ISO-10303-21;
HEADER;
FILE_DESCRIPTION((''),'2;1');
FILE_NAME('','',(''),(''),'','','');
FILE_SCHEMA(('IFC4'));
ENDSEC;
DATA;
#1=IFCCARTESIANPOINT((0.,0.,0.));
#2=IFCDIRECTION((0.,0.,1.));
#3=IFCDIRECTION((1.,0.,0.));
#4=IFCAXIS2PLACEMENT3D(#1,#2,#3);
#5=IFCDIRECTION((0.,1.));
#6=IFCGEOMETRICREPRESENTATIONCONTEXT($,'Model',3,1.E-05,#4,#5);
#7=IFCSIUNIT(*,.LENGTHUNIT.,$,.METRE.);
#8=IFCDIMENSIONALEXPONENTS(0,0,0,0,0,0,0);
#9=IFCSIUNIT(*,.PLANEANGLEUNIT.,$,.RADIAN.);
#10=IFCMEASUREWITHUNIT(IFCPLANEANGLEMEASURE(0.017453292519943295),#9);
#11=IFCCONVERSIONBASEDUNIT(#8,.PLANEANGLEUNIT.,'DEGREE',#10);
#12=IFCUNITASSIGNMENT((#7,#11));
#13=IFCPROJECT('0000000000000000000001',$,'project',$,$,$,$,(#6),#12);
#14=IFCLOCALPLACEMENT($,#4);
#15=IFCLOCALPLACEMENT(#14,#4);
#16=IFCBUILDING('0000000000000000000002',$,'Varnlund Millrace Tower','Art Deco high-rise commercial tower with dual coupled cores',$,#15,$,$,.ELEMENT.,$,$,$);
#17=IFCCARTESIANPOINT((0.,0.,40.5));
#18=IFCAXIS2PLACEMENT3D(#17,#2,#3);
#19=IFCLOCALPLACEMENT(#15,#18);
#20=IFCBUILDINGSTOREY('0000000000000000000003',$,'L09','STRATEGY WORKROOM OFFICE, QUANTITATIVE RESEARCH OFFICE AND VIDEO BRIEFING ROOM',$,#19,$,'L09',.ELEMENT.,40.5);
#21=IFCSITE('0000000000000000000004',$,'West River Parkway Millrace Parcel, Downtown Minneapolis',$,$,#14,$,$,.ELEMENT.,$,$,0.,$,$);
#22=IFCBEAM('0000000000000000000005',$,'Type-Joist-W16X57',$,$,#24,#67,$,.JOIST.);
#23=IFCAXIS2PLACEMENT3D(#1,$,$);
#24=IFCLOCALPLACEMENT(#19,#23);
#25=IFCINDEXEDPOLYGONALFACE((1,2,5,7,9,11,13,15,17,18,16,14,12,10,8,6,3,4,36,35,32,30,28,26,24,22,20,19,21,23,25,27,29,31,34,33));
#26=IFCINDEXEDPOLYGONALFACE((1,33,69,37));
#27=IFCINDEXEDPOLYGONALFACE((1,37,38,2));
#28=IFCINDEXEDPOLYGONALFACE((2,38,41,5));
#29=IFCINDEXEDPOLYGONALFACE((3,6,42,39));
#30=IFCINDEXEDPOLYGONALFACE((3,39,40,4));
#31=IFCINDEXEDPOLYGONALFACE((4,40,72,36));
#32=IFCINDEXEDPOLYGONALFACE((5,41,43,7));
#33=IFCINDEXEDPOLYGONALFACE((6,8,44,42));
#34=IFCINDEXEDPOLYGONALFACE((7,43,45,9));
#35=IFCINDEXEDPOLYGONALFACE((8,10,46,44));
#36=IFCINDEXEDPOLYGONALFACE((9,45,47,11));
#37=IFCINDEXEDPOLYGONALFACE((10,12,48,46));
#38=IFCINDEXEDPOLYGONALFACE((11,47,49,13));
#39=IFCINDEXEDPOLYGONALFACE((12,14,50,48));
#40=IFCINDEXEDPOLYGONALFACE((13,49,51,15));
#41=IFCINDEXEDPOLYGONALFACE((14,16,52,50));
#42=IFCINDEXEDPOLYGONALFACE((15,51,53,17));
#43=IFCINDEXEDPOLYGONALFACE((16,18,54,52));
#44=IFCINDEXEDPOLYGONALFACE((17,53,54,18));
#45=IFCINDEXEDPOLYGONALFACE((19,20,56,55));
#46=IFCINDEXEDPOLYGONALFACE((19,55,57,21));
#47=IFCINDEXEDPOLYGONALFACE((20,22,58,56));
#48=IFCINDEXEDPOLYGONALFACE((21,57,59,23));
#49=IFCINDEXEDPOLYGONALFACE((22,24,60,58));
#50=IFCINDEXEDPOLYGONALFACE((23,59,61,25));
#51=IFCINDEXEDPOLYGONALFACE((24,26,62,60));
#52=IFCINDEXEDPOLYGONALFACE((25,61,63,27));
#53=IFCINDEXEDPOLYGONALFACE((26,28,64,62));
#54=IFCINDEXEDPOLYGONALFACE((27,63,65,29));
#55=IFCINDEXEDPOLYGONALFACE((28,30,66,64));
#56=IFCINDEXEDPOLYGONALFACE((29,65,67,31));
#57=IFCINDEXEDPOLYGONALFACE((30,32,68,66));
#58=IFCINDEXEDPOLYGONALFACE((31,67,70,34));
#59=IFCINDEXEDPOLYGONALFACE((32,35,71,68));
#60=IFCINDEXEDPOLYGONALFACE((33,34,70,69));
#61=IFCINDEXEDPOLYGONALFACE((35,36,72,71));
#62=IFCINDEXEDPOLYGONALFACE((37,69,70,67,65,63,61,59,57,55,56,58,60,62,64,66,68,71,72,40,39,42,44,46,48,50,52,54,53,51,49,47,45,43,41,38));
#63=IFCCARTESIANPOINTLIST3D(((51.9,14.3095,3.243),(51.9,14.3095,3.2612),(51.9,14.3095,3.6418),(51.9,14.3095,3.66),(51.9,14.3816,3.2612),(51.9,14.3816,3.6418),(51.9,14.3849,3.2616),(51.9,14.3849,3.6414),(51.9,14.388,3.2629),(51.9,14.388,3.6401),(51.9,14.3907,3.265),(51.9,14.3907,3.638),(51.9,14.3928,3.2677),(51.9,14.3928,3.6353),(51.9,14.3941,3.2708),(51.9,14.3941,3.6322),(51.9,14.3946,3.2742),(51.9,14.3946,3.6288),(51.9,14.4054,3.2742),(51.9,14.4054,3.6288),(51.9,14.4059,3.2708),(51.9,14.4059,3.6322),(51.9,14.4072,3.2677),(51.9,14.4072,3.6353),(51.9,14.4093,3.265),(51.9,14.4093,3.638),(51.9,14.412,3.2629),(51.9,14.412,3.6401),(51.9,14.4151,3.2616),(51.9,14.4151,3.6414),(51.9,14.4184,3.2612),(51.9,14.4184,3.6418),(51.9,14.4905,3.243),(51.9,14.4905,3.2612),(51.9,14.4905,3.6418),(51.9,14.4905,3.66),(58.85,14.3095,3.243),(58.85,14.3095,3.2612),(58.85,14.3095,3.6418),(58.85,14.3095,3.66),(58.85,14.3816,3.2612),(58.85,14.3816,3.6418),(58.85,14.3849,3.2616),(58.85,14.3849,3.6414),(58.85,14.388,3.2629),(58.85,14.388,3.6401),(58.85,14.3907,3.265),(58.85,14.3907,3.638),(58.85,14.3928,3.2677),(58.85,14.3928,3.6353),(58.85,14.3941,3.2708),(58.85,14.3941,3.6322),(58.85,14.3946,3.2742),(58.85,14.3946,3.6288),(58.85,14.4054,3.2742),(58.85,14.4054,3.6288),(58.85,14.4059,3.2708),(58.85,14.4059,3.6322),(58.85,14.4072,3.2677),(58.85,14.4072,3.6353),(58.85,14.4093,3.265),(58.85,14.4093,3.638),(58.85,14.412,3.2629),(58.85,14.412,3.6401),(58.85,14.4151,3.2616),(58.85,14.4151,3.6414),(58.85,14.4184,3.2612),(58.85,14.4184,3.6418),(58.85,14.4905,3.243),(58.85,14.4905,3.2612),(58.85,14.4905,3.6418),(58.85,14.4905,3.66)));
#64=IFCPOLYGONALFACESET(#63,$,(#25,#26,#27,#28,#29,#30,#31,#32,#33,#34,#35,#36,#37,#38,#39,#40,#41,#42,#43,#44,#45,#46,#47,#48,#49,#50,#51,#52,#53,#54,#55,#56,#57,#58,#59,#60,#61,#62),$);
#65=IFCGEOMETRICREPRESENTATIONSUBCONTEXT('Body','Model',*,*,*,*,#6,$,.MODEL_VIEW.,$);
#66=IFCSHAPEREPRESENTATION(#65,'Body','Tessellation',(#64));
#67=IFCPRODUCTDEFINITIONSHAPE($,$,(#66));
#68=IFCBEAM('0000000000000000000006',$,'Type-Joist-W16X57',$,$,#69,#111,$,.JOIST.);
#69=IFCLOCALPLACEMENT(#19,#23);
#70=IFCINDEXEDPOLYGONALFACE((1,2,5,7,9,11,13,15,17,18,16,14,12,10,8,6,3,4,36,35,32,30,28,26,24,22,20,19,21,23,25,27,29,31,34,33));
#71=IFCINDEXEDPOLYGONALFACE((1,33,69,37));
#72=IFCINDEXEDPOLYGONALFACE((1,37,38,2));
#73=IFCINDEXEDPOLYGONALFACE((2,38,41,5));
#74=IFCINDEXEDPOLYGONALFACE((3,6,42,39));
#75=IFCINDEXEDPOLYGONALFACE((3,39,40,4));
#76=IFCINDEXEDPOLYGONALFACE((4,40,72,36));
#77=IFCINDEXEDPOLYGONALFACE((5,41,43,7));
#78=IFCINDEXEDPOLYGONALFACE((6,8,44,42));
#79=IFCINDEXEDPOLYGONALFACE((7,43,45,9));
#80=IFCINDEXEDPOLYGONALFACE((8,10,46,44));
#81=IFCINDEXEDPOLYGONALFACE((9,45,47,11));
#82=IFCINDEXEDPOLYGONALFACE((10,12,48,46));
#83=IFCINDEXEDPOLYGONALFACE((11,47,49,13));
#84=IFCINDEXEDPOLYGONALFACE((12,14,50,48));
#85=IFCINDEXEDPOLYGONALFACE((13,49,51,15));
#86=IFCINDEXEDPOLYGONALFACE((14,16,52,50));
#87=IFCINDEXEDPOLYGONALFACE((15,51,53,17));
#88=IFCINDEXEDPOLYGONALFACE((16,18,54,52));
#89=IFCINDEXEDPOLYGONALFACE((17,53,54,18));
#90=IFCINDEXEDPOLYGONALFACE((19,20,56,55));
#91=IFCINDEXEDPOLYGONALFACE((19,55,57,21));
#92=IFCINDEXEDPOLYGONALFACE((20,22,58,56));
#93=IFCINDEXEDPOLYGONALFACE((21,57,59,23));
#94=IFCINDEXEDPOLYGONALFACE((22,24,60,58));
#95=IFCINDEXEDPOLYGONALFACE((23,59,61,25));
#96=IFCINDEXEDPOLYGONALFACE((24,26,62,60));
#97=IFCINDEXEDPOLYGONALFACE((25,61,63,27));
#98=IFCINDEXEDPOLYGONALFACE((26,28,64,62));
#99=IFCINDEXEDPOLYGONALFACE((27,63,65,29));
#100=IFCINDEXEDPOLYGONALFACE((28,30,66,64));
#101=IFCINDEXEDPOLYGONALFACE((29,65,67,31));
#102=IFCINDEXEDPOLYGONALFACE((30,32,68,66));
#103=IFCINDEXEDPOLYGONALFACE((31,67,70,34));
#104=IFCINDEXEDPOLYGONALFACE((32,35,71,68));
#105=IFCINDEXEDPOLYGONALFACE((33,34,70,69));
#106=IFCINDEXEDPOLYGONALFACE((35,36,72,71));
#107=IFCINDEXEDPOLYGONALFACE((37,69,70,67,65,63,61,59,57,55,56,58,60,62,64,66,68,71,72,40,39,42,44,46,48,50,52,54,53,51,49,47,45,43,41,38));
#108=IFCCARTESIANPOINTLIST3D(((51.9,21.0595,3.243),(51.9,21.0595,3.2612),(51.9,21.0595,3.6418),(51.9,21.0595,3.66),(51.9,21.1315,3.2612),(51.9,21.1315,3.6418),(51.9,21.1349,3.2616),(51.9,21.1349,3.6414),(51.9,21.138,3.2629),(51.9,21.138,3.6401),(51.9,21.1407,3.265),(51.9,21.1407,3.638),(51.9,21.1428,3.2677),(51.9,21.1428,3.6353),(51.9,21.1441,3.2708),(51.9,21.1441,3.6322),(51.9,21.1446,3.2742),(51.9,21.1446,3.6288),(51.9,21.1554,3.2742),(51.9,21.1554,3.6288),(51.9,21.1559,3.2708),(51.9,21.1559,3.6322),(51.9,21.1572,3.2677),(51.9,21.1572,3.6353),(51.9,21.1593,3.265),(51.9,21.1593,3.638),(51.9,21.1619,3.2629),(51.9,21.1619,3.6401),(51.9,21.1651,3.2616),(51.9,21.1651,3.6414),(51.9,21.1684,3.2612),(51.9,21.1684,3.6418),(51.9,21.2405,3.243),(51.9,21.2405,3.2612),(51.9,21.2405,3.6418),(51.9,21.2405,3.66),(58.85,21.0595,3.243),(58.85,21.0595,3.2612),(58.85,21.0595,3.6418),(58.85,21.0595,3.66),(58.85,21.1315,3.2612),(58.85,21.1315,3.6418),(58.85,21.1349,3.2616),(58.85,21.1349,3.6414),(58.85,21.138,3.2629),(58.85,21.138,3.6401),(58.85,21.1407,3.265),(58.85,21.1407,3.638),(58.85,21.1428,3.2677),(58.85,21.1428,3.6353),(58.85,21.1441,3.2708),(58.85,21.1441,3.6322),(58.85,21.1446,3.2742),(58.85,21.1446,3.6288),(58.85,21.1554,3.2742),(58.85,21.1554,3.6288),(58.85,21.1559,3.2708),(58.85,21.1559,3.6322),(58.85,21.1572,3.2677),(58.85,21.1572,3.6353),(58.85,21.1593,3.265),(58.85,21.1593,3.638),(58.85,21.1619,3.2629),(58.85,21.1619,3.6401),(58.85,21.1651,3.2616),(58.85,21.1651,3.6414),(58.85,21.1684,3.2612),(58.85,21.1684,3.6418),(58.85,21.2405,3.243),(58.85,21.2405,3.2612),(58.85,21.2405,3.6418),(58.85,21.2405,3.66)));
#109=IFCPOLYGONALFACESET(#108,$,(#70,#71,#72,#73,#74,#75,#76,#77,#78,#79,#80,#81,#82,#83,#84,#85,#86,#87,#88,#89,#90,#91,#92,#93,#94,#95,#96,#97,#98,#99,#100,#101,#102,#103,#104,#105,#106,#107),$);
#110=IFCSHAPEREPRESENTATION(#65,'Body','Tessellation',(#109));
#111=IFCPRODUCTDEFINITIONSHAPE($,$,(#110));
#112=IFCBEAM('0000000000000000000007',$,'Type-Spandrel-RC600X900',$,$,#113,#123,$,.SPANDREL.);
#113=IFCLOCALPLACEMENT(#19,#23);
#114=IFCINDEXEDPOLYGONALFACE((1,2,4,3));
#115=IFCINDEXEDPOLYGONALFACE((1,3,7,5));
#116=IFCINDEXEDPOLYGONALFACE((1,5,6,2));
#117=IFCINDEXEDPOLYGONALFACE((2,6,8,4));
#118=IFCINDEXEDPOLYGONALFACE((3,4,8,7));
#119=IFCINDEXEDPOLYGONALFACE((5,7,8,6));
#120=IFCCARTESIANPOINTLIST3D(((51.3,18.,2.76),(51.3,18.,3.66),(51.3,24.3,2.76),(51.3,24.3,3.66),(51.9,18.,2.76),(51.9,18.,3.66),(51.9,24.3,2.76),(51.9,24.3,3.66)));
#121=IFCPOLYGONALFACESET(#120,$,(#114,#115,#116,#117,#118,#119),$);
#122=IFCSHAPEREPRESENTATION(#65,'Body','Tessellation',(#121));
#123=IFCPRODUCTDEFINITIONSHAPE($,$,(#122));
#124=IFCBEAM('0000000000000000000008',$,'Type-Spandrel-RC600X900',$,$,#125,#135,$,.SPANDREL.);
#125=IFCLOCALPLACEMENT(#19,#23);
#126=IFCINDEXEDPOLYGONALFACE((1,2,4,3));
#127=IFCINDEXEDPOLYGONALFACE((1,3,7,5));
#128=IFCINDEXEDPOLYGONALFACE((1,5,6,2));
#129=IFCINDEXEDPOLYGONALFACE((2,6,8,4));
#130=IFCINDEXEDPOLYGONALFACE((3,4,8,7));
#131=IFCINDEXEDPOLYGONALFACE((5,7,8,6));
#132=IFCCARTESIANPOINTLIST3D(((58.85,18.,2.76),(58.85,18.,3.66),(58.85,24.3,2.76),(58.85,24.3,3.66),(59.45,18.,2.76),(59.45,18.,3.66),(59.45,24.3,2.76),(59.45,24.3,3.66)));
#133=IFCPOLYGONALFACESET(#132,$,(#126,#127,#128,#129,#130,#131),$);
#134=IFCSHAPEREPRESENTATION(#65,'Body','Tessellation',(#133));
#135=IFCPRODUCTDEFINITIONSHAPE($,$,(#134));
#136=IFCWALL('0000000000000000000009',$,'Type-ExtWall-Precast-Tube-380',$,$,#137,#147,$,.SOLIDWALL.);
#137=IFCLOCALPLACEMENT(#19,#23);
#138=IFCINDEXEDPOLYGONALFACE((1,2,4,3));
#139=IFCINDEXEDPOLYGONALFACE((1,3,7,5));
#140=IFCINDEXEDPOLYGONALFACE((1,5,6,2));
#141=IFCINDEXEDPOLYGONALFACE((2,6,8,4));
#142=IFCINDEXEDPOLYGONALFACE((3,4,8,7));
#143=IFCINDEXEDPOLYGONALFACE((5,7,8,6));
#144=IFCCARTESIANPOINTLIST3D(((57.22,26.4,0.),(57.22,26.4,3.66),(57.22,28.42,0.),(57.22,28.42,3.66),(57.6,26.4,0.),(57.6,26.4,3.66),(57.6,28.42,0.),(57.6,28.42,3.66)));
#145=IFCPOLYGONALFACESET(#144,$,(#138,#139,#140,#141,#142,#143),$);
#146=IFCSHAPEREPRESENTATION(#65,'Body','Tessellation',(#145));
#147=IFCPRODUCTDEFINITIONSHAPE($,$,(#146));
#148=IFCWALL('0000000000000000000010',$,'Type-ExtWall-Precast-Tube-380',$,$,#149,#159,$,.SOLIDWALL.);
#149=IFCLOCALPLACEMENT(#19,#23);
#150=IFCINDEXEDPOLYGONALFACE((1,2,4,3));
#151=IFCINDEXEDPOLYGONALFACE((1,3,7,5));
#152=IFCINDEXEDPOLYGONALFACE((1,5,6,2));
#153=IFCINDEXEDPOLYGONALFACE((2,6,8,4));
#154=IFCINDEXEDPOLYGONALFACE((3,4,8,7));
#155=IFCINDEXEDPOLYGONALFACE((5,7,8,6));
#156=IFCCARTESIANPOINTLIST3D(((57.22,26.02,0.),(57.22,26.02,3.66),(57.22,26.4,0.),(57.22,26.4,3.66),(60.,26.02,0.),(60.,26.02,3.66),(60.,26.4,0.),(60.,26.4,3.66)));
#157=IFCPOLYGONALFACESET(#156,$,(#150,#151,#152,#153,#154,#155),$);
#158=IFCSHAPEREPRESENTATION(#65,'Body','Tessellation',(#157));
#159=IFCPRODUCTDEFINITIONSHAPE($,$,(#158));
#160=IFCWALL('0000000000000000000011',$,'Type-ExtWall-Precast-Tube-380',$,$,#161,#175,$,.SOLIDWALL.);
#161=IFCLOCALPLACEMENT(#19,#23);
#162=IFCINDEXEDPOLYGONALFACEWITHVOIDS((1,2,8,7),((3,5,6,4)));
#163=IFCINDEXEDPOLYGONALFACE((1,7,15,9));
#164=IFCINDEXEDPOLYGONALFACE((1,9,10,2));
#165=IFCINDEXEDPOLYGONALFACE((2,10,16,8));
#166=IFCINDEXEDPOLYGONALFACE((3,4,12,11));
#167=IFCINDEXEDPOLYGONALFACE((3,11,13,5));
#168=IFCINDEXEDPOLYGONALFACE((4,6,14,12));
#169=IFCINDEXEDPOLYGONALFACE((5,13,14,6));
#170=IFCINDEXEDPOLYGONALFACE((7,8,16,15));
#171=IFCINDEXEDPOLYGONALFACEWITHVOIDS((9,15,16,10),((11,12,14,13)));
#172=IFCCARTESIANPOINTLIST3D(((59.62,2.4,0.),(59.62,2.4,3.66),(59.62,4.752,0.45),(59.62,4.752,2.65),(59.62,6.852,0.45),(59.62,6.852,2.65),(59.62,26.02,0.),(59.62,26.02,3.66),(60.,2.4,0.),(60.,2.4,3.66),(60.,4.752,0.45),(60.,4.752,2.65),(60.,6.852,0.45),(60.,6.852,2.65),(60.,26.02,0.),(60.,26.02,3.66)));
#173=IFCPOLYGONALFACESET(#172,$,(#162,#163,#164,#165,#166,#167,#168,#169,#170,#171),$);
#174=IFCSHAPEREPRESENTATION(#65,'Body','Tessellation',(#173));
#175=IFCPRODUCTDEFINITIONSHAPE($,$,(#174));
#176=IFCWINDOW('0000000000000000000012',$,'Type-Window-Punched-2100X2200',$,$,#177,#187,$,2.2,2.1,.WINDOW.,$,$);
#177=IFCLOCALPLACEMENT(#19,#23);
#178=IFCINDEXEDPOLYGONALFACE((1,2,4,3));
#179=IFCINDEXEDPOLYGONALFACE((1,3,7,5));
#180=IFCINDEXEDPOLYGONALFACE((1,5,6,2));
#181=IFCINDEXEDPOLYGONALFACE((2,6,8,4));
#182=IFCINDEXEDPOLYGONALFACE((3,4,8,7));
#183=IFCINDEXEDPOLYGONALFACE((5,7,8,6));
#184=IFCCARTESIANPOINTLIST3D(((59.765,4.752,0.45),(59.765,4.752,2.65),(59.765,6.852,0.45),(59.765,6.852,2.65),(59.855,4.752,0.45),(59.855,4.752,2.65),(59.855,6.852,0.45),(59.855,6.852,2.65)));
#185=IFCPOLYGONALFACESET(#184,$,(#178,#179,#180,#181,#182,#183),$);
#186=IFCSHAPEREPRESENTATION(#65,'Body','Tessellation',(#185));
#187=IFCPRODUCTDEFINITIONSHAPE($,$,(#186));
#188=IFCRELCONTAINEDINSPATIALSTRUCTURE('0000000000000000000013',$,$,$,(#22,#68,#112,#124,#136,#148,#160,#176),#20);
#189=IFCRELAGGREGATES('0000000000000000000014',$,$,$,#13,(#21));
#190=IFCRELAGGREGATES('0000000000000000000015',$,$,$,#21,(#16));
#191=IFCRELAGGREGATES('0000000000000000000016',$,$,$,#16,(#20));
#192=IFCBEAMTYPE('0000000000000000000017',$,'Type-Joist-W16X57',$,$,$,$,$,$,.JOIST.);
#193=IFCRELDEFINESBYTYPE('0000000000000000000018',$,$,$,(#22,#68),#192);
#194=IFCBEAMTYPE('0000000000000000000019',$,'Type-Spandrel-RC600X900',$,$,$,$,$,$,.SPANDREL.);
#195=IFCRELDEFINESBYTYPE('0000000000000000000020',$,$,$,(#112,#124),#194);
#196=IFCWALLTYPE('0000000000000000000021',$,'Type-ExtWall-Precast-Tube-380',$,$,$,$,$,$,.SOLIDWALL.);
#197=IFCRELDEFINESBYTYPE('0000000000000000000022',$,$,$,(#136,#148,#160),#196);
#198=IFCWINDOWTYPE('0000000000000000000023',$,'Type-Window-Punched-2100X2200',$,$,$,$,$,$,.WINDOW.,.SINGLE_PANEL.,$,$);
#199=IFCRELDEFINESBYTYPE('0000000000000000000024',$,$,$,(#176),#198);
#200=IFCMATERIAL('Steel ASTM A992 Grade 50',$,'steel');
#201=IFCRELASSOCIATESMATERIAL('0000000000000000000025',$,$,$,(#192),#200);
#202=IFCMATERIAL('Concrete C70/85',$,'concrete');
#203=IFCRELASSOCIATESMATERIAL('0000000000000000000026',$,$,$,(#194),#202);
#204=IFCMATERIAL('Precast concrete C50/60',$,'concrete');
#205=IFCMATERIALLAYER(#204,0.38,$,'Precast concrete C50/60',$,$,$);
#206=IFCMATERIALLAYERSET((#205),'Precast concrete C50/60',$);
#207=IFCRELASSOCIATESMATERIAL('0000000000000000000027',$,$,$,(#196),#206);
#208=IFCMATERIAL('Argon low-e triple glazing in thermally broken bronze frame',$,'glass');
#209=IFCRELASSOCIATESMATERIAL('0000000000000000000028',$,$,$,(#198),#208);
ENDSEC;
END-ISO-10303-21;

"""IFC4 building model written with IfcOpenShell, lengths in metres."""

from ifc_helpers import new_model, entity, si_unit, converted_unit, direction, frame, origin_with_axes, origin_2d_with_axis, place, context, subcontext, project, spatial, polyline, rectangle, i_section, outline, extrude, material, layer, layer_set, material_profile, profile_set, type_object, element, fill, save


model = new_model("IFC4")

# Units and contexts
model_context = context("Model", 3, precision=1e-05, world=origin_with_axes(), true_north=direction((0.0, 1.0)))
body_context = subcontext(model_context, "Body", "Model", "MODEL_VIEW")
ifc_project = project(units=[si_unit("LENGTHUNIT", "METRE"), converted_unit("PLANEANGLEUNIT", "DEGREE", entity("IfcPlaneAngleMeasure", 0.017453292519943295), si_unit("PLANEANGLEUNIT", "RADIAN"), dimensions=[0, 0, 0, 0, 0, 0, 0])], contexts=[model_context])

# Site, building, storey
site_placement = place(None, origin_with_axes())
site = spatial("IfcSite", under=ifc_project, at=site_placement, Name="West River Parkway Millrace Parcel, Downtown Minneapolis", CompositionType="ELEMENT", RefElevation=0.0)
building_placement = place(site_placement, origin_with_axes())
building = spatial("IfcBuilding", under=site, at=building_placement, Name="Varnlund Millrace Tower", Description="Art Deco high-rise commercial tower with dual coupled cores", CompositionType="ELEMENT")
storey_placement = place(building_placement, frame((0.0, 0.0, 40.5), z_axis=(0.0, 0.0, 1.0), x_axis=(1.0, 0.0, 0.0)))
storey = spatial("IfcBuildingStorey", under=building, at=storey_placement, Name="L09", Description="STRATEGY WORKROOM OFFICE, QUANTITATIVE RESEARCH OFFICE AND VIDEO BRIEFING ROOM", LongName="L09", CompositionType="ELEMENT", Elevation=40.5)

# Beams
ifc_material_1 = material(Name="Steel ASTM A992 Grade 50", Category="steel")
ifc_material_profile_1 = material_profile(ifc_material_1, i_section(OverallWidth=0.181, OverallDepth=0.417, WebThickness=0.0109, FlangeThickness=0.0182, FilletRadius=0.013, at=origin_2d_with_axis()), Name="Steel ASTM A992 Grade 50")
ifc_profile_set_1 = profile_set([ifc_material_profile_1], Name="Steel ASTM A992 Grade 50")
beam_type_1 = type_object("IfcBeamType", Name="Type-Joist-W16X57", PredefinedType="JOIST", material=ifc_profile_set_1)
for number, where, z_axis, x_axis, name in (
    (1, (51.9, 14.4, 3.4515), (1.0, 0.0, 0.0), (0.0, 1.0, 0.0), "Type-Joist-W16X57"),
    (2, (51.9, 21.15, 3.4515), (1.0, 0.0, 0.0), (0.0, 1.0, 0.0), "Type-Joist-W16X57"),
):
    element("IfcBeam", number, at=place(storey_placement, frame(where, z_axis=z_axis, x_axis=x_axis)), inside=storey, type_object=beam_type_1, Name=name, PredefinedType="JOIST", context=body_context, shape_type="SweptSolid", body=[
        extrude(i_section(OverallWidth=0.181, OverallDepth=0.417, WebThickness=0.0109, FlangeThickness=0.0182, FilletRadius=0.013, at=origin_2d_with_axis()), origin_with_axes(), (0.0, 0.0, 1.0), 6.95),
    ])
ifc_material_2 = material(Name="Concrete C70/85", Category="concrete")
ifc_material_profile_2 = material_profile(ifc_material_2, rectangle(XDim=0.6, YDim=0.9, at=origin_2d_with_axis()), Name="Concrete C70/85")
ifc_profile_set_2 = profile_set([ifc_material_profile_2], Name="Concrete C70/85")
beam_type_2 = type_object("IfcBeamType", Name="Type-Spandrel-RC600X900", PredefinedType="SPANDREL", material=ifc_profile_set_2)
for number, where, z_axis, x_axis, name in (
    (3, (51.6, 18.0, 3.21), (0.0, 1.0, 0.0), (-1.0, 0.0, 0.0), "Type-Spandrel-RC600X900"),
    (4, (59.15, 18.0, 3.21), (0.0, 1.0, 0.0), (-1.0, 0.0, 0.0), "Type-Spandrel-RC600X900"),
):
    element("IfcBeam", number, at=place(storey_placement, frame(where, z_axis=z_axis, x_axis=x_axis)), inside=storey, type_object=beam_type_2, Name=name, PredefinedType="SPANDREL", context=body_context, shape_type="SweptSolid", body=[
        extrude(rectangle(XDim=0.6, YDim=0.9, at=origin_2d_with_axis()), origin_with_axes(), (0.0, 0.0, 1.0), 6.3),
    ])

# Walls
ifc_material_3 = material(Name="Precast concrete C50/60", Category="concrete")
ifc_layer_1 = layer(ifc_material_3, 0.38, Name="Precast concrete C50/60")
ifc_layer_set_1 = layer_set([ifc_layer_1], Name="Precast concrete C50/60")
wall_type_1 = type_object("IfcWallType", Name="Type-ExtWall-Precast-Tube-380", PredefinedType="SOLIDWALL", material=ifc_layer_set_1)
wall_1_placement = place(storey_placement, frame((57.41, 28.42, 0.0), z_axis=(0.0, 0.0, 1.0), x_axis=(0.0, -1.0, 0.0)))
element("IfcWall", 5, at=wall_1_placement, inside=storey, type_object=wall_type_1, Name="Type-ExtWall-Precast-Tube-380", PredefinedType="SOLIDWALL", context=body_context, shape_type="SweptSolid", body=[
    extrude(outline(polyline([(0.0, -0.19), (2.02, -0.19), (2.02, 0.19), (0.0, 0.19), (0.0, -0.19)])), origin_with_axes(), (0.0, 0.0, 1.0), 3.66),
])
wall_2_placement = place(storey_placement, frame((57.22, 26.21, 0.0), z_axis=(0.0, 0.0, 1.0), x_axis=(1.0, 0.0, 0.0)))
element("IfcWall", 6, at=wall_2_placement, inside=storey, type_object=wall_type_1, Name="Type-ExtWall-Precast-Tube-380", PredefinedType="SOLIDWALL", context=body_context, shape_type="SweptSolid", body=[
    extrude(outline(polyline([(0.0, -0.19), (2.78, -0.19), (2.78, 0.19), (0.0, 0.19), (0.0, -0.19)])), origin_with_axes(), (0.0, 0.0, 1.0), 3.66),
])

# Wall, opening, window
wall_3_placement = place(storey_placement, frame((59.81, 26.02, 0.0), z_axis=(0.0, 0.0, 1.0), x_axis=(0.0, -1.0, 0.0)))
wall_3 = element("IfcWall", 7, at=wall_3_placement, inside=storey, type_object=wall_type_1, Name="Type-ExtWall-Precast-Tube-380", PredefinedType="SOLIDWALL", context=body_context, shape_type="SweptSolid", body=[
    extrude(outline(polyline([(0.0, -0.19), (23.62, -0.19), (23.62, 0.19), (0.0, 0.19), (0.0, -0.19)])), origin_with_axes(), (0.0, 0.0, 1.0), 3.66),
])
opening_placement = place(wall_3_placement, frame((20.218, 0.0, 0.45), z_axis=(0.0, 0.0, 1.0), x_axis=(1.0, 0.0, 0.0)))
opening = element("IfcOpeningElement", 8, at=opening_placement, cuts=wall_3, PredefinedType="OPENING", context=body_context, shape_type="SweptSolid", body=[
    extrude(rectangle(XDim=2.1, YDim=0.4, at=origin_2d_with_axis()), origin_with_axes(), (0.0, 0.0, 1.0), 2.2),
])
ifc_material_4 = material(Name="Argon low-e triple glazing in thermally broken bronze frame", Category="glass")
window_type = type_object("IfcWindowType", Name="Type-Window-Punched-2100X2200", PartitioningType="SINGLE_PANEL", PredefinedType="WINDOW", material=ifc_material_4)
window_placement = place(wall_3_placement, frame((20.218, 0.0, 0.45), z_axis=(0.0, 0.0, 1.0), x_axis=(1.0, 0.0, 0.0)))
window = element("IfcWindow", 9, at=window_placement, inside=storey, type_object=window_type, Name="Type-Window-Punched-2100X2200", OverallHeight=2.2, OverallWidth=2.1, PredefinedType="WINDOW", context=body_context, shape_type="SweptSolid", body=[
    extrude(rectangle(XDim=2.1, YDim=0.09, at=origin_2d_with_axis()), origin_with_axes(), (0.0, 0.0, 1.0), 2.2),
])
fill(opening, window)

save(model, "model.ifc")
